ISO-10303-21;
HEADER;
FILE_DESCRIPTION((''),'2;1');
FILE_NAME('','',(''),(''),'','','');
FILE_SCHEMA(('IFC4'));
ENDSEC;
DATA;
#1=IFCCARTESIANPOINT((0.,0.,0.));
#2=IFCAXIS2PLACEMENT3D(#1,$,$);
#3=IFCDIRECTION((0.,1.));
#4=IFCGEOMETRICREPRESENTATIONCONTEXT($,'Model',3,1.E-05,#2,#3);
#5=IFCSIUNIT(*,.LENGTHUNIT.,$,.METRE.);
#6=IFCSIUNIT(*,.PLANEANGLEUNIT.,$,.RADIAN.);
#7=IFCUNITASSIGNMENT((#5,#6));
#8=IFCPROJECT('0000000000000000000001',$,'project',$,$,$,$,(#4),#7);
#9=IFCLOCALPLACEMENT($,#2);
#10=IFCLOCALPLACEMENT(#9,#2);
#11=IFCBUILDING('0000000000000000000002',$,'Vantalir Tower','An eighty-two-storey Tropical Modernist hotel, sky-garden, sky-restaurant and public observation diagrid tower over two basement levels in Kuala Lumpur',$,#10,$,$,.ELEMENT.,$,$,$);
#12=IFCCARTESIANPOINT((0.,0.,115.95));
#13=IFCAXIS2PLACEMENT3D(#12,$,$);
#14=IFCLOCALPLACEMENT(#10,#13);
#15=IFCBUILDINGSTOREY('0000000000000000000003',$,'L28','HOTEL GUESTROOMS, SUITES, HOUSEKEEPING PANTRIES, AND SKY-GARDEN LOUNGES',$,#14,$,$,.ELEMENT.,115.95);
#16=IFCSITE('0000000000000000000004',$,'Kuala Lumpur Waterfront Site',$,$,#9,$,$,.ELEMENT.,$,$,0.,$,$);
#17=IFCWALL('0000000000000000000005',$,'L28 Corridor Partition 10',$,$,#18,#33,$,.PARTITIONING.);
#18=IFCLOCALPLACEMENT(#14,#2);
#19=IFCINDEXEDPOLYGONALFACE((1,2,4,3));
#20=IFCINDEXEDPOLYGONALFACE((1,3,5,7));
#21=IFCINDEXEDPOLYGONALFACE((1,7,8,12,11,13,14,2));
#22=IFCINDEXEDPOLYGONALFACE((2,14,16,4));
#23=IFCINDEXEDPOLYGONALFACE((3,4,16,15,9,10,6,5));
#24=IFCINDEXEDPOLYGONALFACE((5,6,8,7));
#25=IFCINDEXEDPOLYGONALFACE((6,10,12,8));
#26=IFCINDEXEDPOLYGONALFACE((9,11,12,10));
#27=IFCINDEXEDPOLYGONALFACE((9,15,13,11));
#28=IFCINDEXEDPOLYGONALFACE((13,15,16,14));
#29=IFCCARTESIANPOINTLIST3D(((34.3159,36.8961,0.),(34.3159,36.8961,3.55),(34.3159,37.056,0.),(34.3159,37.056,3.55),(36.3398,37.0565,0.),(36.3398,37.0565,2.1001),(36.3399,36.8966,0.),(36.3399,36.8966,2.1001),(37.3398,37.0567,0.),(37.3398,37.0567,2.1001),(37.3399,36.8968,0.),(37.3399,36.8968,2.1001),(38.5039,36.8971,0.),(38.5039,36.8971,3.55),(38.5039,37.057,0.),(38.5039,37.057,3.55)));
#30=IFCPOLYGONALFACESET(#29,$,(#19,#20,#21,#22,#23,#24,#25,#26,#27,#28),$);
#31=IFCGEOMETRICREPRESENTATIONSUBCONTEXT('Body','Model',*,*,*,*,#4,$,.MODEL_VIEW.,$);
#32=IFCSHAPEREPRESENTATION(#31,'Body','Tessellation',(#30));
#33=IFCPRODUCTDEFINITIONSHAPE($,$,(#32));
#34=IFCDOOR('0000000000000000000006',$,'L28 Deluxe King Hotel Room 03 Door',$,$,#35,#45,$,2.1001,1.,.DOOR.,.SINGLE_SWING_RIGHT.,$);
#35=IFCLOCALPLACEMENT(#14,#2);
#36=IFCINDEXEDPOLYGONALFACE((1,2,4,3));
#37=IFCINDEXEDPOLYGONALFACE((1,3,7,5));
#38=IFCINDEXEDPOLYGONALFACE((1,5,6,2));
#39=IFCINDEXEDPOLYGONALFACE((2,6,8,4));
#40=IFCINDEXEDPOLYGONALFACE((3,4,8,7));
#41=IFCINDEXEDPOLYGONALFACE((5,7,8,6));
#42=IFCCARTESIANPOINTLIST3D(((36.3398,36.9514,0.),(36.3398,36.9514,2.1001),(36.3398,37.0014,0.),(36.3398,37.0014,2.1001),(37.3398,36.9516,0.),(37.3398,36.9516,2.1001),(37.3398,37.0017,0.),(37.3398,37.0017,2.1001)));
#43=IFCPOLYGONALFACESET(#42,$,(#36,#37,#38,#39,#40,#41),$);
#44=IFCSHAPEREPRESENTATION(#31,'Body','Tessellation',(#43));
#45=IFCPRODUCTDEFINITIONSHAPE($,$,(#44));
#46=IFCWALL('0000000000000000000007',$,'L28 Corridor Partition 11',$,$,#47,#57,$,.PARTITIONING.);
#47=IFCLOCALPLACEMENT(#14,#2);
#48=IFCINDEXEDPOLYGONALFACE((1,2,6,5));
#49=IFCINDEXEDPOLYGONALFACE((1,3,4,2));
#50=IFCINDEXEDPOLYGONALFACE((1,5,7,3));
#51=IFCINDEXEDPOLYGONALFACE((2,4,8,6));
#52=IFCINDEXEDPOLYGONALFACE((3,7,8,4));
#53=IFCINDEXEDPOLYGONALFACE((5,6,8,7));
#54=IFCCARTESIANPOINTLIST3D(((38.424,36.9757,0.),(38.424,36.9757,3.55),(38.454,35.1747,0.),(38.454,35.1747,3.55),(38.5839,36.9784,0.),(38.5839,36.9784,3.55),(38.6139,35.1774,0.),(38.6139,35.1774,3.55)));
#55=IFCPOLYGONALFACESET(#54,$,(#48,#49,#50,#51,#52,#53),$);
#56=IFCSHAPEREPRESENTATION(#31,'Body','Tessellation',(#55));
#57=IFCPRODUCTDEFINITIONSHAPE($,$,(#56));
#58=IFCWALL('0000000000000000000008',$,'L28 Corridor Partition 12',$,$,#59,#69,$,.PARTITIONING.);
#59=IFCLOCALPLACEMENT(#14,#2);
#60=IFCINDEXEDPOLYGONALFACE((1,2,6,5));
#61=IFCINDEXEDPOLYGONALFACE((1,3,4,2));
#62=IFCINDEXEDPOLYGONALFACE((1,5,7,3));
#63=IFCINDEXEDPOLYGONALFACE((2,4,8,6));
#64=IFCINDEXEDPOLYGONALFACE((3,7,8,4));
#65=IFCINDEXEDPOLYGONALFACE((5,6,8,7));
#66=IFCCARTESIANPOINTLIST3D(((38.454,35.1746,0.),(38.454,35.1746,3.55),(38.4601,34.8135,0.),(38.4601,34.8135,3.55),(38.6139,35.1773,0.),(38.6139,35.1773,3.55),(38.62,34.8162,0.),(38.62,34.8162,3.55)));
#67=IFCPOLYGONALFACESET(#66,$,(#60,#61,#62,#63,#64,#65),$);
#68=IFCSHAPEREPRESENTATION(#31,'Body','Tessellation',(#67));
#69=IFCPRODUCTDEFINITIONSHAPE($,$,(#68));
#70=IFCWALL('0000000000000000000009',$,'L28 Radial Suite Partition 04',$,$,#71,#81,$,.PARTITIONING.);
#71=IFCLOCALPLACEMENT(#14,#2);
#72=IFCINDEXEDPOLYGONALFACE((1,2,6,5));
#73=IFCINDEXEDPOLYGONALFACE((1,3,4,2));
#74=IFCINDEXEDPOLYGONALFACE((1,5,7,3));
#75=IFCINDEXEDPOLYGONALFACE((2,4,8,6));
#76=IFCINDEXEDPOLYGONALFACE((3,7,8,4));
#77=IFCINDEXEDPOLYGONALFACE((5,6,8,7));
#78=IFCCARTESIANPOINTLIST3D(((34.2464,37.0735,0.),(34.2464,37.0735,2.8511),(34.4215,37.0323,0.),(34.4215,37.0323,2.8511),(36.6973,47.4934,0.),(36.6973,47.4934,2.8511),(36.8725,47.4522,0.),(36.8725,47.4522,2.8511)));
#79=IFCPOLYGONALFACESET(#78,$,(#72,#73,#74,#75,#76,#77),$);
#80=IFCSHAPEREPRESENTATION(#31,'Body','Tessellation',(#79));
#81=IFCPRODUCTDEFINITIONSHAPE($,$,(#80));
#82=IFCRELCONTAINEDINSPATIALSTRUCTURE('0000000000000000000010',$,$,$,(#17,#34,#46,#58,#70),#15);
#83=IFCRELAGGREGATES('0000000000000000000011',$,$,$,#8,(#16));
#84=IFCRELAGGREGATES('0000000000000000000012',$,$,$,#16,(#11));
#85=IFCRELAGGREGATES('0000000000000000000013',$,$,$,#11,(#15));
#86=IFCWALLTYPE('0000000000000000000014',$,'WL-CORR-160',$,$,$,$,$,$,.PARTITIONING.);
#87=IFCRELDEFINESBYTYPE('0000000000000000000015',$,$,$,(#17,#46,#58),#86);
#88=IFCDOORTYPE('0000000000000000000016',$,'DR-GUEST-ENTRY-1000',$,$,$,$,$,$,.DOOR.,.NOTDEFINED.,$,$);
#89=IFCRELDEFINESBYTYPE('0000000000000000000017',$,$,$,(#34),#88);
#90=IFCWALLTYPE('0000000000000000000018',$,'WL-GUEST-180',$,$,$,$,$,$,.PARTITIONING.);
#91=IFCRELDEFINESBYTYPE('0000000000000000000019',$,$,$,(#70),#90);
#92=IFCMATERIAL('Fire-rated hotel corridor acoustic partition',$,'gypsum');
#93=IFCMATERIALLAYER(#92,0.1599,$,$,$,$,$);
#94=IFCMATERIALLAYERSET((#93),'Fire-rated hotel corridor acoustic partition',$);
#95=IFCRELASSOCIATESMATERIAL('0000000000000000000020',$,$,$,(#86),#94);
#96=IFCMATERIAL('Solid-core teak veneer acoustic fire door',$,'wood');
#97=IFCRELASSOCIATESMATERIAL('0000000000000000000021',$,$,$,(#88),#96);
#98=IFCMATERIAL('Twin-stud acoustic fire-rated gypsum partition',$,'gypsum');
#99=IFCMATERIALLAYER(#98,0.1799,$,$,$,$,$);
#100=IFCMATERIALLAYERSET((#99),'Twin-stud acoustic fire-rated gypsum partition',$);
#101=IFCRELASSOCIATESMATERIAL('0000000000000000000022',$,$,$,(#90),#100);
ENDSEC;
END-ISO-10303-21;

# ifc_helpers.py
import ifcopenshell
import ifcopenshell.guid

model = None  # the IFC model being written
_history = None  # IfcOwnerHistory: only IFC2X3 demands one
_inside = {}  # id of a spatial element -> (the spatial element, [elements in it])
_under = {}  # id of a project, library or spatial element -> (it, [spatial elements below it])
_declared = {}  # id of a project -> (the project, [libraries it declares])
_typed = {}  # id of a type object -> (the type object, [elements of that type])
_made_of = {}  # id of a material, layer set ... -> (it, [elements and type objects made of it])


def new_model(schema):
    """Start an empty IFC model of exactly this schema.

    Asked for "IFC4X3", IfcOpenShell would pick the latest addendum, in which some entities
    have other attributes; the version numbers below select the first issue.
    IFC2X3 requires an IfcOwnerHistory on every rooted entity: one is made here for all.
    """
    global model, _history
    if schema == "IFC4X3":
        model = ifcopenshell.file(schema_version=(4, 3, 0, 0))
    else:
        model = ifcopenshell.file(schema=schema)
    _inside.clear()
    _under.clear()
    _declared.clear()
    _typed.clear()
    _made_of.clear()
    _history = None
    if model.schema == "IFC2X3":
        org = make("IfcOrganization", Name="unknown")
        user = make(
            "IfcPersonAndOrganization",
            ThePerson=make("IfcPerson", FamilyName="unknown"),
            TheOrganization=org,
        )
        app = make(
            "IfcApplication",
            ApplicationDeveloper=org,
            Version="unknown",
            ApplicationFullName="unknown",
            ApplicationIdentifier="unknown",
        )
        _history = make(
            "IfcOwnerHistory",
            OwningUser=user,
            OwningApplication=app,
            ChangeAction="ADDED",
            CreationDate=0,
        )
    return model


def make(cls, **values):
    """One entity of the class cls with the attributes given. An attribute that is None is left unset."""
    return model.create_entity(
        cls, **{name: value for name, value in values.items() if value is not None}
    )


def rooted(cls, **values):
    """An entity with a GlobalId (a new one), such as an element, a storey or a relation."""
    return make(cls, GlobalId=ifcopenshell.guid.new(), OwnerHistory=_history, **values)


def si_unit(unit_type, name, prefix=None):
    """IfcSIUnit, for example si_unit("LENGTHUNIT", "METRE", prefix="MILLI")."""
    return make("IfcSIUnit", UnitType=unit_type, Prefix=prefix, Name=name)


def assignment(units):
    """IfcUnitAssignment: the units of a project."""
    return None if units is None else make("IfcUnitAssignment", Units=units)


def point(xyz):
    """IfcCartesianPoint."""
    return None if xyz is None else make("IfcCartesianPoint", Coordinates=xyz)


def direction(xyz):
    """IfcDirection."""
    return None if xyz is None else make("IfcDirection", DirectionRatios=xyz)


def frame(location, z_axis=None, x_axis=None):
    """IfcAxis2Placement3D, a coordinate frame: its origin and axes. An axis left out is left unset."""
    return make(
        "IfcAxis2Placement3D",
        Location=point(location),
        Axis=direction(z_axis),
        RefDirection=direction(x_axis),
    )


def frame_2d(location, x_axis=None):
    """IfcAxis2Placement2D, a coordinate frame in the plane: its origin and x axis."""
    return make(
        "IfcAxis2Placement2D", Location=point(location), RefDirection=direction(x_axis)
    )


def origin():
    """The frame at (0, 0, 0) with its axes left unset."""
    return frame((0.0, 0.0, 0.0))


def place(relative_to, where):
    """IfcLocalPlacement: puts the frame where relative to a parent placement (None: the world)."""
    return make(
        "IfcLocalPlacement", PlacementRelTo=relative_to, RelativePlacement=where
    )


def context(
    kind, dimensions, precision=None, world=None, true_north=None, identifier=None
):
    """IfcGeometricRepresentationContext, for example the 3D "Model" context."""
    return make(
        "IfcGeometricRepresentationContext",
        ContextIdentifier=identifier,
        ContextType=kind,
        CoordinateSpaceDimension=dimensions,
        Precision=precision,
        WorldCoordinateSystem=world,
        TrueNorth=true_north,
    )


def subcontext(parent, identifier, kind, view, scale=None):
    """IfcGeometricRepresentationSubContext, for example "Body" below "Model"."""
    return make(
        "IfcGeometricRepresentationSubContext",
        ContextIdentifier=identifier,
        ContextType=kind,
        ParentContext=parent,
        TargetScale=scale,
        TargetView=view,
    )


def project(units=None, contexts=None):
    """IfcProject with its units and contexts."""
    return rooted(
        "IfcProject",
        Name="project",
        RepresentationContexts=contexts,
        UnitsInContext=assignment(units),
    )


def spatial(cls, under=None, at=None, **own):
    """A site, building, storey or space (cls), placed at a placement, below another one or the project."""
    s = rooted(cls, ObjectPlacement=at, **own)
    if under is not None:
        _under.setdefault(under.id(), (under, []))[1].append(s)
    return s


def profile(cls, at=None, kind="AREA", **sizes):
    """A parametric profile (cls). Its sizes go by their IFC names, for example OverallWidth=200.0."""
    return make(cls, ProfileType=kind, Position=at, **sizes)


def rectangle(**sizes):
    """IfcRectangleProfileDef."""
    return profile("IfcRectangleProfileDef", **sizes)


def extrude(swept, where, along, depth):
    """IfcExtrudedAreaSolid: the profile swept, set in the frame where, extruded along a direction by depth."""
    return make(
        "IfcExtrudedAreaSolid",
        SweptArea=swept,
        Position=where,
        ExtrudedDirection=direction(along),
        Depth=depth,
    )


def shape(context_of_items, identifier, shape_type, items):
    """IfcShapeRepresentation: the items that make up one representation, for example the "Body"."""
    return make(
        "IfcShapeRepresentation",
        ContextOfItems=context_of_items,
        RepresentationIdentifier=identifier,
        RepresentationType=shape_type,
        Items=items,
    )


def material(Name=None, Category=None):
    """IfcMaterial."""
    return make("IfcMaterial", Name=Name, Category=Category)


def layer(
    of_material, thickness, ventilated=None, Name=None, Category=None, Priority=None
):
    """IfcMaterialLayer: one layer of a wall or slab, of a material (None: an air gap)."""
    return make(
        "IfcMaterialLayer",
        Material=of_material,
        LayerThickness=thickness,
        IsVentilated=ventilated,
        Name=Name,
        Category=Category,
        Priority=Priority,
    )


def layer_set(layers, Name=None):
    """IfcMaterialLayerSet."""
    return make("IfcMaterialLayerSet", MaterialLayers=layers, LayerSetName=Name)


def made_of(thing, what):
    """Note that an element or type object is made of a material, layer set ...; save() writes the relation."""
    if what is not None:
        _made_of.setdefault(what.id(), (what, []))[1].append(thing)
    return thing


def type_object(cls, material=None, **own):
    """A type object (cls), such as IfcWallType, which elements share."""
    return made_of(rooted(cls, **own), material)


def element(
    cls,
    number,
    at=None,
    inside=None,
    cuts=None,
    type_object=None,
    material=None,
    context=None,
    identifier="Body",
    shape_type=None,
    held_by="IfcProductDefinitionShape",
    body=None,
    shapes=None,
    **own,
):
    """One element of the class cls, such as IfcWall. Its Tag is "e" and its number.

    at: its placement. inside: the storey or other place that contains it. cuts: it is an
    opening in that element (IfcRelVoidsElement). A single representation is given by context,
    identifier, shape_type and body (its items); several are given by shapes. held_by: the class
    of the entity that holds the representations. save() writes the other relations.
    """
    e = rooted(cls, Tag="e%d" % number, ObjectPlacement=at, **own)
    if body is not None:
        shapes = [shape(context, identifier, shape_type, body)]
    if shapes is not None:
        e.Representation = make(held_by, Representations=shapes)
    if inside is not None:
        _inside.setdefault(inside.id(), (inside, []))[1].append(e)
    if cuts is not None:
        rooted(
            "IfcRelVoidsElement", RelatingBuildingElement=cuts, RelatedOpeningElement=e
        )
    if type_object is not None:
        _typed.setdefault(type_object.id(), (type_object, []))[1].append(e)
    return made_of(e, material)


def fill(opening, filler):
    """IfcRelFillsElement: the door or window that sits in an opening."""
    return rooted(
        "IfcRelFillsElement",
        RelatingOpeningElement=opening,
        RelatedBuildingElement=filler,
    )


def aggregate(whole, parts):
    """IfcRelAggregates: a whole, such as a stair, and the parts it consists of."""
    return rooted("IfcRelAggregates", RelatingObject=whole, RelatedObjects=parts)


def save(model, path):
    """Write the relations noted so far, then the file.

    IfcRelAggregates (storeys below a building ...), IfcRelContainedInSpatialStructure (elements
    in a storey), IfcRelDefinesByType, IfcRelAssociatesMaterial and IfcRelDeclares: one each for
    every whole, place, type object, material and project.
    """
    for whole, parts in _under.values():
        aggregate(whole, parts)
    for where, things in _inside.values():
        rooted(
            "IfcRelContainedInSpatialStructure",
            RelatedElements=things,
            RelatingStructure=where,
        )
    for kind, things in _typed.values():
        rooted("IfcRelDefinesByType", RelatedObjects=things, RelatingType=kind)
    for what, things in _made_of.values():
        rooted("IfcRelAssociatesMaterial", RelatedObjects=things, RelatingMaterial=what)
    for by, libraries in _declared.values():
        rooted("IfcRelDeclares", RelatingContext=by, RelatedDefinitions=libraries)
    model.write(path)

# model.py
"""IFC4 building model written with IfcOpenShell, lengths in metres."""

from ifc_helpers import new_model, si_unit, direction, frame, frame_2d, origin, place, context, subcontext, project, spatial, rectangle, extrude, material, layer, layer_set, type_object, element, fill, save


model = new_model("IFC4")

# Units and contexts
model_context = context("Model", 3, precision=1e-05, world=origin(), true_north=direction((0.0, 1.0)))
body_context = subcontext(model_context, "Body", "Model", "MODEL_VIEW")
ifc_project = project(units=[si_unit("LENGTHUNIT", "METRE"), si_unit("PLANEANGLEUNIT", "RADIAN")], contexts=[model_context])

# Site, building, storey
site_placement = place(None, origin())
site = spatial("IfcSite", under=ifc_project, at=site_placement, Name="Kuala Lumpur Waterfront Site", CompositionType="ELEMENT", RefElevation=0.0)
building_placement = place(site_placement, origin())
building = spatial("IfcBuilding", under=site, at=building_placement, Name="Vantalir Tower", Description="An eighty-two-storey Tropical Modernist hotel, sky-garden, sky-restaurant and public observation diagrid tower over two basement levels in Kuala Lumpur", CompositionType="ELEMENT")
storey_placement = place(building_placement, frame((0.0, 0.0, 115.95)))
storey = spatial("IfcBuildingStorey", under=building, at=storey_placement, Name="L28", Description="HOTEL GUESTROOMS, SUITES, HOUSEKEEPING PANTRIES, AND SKY-GARDEN LOUNGES", CompositionType="ELEMENT", Elevation=115.95)

# Wall, opening, door
ifc_material_1 = material(Name="Fire-rated hotel corridor acoustic partition", Category="gypsum")
ifc_layer_1 = layer(ifc_material_1, 0.1599)
ifc_layer_set_1 = layer_set([ifc_layer_1], Name="Fire-rated hotel corridor acoustic partition")
wall_type_1 = type_object("IfcWallType", Name="WL-CORR-160", PredefinedType="PARTITIONING", material=ifc_layer_set_1)
wall_1_placement = place(storey_placement, frame((34.3159, 36.9761, 0.0), z_axis=(0.0, 0.0, 1.0), x_axis=(1.0, 0.000233, 0.0)))
wall_1 = element("IfcWall", 1, at=wall_1_placement, inside=storey, type_object=wall_type_1, Name="L28 Corridor Partition 10", PredefinedType="PARTITIONING", context=body_context, shape_type="SweptSolid", body=[
    extrude(rectangle(XDim=4.188, YDim=0.1599, at=frame_2d((2.094, 0.0))), origin(), (0.0, 0.0, 1.0), 3.55),
])
opening_1_placement = place(wall_1_placement, frame((2.0239, 0.0, 0.0)))
opening_1 = element("IfcOpeningElement", 2, at=opening_1_placement, cuts=wall_1, PredefinedType="OPENING", context=body_context, shape_type="SweptSolid", body=[
    extrude(rectangle(XDim=1.0, YDim=2.1001, at=frame_2d((0.5, 1.05))), frame((0.0, 0.0898, 0.0), z_axis=(0.0, -1.0, 0.0), x_axis=(1.0, 0.0, 0.0)), (0.0, 0.0, 1.0), 0.1799),
])
ifc_material_2 = material(Name="Solid-core teak veneer acoustic fire door", Category="wood")
door_type_1 = type_object("IfcDoorType", Name="DR-GUEST-ENTRY-1000", OperationType="NOTDEFINED", PredefinedType="DOOR", material=ifc_material_2)
door_1_placement = place(opening_1_placement, origin())
door_1 = element("IfcDoor", 3, at=door_1_placement, inside=storey, type_object=door_type_1, Name="L28 Deluxe King Hotel Room 03 Door", OperationType="SINGLE_SWING_RIGHT", OverallHeight=2.1001, OverallWidth=1.0, PredefinedType="DOOR", context=body_context, shape_type="SweptSolid", body=[
    extrude(rectangle(XDim=1.0, YDim=2.1001, at=frame_2d((0.5, 1.05))), frame((0.0, 0.0249, 0.0), z_axis=(0.0, -1.0, 0.0), x_axis=(1.0, 0.0, 0.0)), (0.0, 0.0, 1.0), 0.05),
])
fill(opening_1, door_1)

# Walls
wall_2_placement = place(storey_placement, frame((38.5039, 36.9771, 0.0), z_axis=(0.0, 0.0, 1.0), x_axis=(0.016671, -0.999861, 0.0)))
element("IfcWall", 4, at=wall_2_placement, inside=storey, type_object=wall_type_1, Name="L28 Corridor Partition 11", PredefinedType="PARTITIONING", context=body_context, shape_type="SweptSolid", body=[
    extrude(rectangle(XDim=1.8013, YDim=0.1599, at=frame_2d((0.9006, 0.0))), origin(), (0.0, 0.0, 1.0), 3.55),
])
wall_3_placement = place(storey_placement, frame((38.5339, 35.176, 0.0), z_axis=(0.0, 0.0, 1.0), x_axis=(0.016901, -0.999857, 0.0)))
element("IfcWall", 5, at=wall_3_placement, inside=storey, type_object=wall_type_1, Name="L28 Corridor Partition 12", PredefinedType="PARTITIONING", context=body_context, shape_type="SweptSolid", body=[
    extrude(rectangle(XDim=0.3611, YDim=0.1599, at=frame_2d((0.1807, 0.0))), origin(), (0.0, 0.0, 1.0), 3.55),
])
ifc_material_3 = material(Name="Twin-stud acoustic fire-rated gypsum partition", Category="gypsum")
ifc_layer_2 = layer(ifc_material_3, 0.1799)
ifc_layer_set_2 = layer_set([ifc_layer_2], Name="Twin-stud acoustic fire-rated gypsum partition")
wall_type_2 = type_object("IfcWallType", Name="WL-GUEST-180", PredefinedType="PARTITIONING", material=ifc_layer_set_2)
wall_4_placement = place(storey_placement, frame((34.334, 37.053, 0.0), z_axis=(0.0, 0.0, 1.0), x_axis=(0.228967, 0.973434, 0.0)))
element("IfcWall", 6, at=wall_4_placement, inside=storey, type_object=wall_type_2, Name="L28 Radial Suite Partition 04", PredefinedType="PARTITIONING", context=body_context, shape_type="SweptSolid", body=[
    extrude(rectangle(XDim=10.7043, YDim=0.1799, at=frame_2d((5.3521, 0.0))), origin(), (0.0, 0.0, 1.0), 2.8511),
])

save(model, "model.ifc")
